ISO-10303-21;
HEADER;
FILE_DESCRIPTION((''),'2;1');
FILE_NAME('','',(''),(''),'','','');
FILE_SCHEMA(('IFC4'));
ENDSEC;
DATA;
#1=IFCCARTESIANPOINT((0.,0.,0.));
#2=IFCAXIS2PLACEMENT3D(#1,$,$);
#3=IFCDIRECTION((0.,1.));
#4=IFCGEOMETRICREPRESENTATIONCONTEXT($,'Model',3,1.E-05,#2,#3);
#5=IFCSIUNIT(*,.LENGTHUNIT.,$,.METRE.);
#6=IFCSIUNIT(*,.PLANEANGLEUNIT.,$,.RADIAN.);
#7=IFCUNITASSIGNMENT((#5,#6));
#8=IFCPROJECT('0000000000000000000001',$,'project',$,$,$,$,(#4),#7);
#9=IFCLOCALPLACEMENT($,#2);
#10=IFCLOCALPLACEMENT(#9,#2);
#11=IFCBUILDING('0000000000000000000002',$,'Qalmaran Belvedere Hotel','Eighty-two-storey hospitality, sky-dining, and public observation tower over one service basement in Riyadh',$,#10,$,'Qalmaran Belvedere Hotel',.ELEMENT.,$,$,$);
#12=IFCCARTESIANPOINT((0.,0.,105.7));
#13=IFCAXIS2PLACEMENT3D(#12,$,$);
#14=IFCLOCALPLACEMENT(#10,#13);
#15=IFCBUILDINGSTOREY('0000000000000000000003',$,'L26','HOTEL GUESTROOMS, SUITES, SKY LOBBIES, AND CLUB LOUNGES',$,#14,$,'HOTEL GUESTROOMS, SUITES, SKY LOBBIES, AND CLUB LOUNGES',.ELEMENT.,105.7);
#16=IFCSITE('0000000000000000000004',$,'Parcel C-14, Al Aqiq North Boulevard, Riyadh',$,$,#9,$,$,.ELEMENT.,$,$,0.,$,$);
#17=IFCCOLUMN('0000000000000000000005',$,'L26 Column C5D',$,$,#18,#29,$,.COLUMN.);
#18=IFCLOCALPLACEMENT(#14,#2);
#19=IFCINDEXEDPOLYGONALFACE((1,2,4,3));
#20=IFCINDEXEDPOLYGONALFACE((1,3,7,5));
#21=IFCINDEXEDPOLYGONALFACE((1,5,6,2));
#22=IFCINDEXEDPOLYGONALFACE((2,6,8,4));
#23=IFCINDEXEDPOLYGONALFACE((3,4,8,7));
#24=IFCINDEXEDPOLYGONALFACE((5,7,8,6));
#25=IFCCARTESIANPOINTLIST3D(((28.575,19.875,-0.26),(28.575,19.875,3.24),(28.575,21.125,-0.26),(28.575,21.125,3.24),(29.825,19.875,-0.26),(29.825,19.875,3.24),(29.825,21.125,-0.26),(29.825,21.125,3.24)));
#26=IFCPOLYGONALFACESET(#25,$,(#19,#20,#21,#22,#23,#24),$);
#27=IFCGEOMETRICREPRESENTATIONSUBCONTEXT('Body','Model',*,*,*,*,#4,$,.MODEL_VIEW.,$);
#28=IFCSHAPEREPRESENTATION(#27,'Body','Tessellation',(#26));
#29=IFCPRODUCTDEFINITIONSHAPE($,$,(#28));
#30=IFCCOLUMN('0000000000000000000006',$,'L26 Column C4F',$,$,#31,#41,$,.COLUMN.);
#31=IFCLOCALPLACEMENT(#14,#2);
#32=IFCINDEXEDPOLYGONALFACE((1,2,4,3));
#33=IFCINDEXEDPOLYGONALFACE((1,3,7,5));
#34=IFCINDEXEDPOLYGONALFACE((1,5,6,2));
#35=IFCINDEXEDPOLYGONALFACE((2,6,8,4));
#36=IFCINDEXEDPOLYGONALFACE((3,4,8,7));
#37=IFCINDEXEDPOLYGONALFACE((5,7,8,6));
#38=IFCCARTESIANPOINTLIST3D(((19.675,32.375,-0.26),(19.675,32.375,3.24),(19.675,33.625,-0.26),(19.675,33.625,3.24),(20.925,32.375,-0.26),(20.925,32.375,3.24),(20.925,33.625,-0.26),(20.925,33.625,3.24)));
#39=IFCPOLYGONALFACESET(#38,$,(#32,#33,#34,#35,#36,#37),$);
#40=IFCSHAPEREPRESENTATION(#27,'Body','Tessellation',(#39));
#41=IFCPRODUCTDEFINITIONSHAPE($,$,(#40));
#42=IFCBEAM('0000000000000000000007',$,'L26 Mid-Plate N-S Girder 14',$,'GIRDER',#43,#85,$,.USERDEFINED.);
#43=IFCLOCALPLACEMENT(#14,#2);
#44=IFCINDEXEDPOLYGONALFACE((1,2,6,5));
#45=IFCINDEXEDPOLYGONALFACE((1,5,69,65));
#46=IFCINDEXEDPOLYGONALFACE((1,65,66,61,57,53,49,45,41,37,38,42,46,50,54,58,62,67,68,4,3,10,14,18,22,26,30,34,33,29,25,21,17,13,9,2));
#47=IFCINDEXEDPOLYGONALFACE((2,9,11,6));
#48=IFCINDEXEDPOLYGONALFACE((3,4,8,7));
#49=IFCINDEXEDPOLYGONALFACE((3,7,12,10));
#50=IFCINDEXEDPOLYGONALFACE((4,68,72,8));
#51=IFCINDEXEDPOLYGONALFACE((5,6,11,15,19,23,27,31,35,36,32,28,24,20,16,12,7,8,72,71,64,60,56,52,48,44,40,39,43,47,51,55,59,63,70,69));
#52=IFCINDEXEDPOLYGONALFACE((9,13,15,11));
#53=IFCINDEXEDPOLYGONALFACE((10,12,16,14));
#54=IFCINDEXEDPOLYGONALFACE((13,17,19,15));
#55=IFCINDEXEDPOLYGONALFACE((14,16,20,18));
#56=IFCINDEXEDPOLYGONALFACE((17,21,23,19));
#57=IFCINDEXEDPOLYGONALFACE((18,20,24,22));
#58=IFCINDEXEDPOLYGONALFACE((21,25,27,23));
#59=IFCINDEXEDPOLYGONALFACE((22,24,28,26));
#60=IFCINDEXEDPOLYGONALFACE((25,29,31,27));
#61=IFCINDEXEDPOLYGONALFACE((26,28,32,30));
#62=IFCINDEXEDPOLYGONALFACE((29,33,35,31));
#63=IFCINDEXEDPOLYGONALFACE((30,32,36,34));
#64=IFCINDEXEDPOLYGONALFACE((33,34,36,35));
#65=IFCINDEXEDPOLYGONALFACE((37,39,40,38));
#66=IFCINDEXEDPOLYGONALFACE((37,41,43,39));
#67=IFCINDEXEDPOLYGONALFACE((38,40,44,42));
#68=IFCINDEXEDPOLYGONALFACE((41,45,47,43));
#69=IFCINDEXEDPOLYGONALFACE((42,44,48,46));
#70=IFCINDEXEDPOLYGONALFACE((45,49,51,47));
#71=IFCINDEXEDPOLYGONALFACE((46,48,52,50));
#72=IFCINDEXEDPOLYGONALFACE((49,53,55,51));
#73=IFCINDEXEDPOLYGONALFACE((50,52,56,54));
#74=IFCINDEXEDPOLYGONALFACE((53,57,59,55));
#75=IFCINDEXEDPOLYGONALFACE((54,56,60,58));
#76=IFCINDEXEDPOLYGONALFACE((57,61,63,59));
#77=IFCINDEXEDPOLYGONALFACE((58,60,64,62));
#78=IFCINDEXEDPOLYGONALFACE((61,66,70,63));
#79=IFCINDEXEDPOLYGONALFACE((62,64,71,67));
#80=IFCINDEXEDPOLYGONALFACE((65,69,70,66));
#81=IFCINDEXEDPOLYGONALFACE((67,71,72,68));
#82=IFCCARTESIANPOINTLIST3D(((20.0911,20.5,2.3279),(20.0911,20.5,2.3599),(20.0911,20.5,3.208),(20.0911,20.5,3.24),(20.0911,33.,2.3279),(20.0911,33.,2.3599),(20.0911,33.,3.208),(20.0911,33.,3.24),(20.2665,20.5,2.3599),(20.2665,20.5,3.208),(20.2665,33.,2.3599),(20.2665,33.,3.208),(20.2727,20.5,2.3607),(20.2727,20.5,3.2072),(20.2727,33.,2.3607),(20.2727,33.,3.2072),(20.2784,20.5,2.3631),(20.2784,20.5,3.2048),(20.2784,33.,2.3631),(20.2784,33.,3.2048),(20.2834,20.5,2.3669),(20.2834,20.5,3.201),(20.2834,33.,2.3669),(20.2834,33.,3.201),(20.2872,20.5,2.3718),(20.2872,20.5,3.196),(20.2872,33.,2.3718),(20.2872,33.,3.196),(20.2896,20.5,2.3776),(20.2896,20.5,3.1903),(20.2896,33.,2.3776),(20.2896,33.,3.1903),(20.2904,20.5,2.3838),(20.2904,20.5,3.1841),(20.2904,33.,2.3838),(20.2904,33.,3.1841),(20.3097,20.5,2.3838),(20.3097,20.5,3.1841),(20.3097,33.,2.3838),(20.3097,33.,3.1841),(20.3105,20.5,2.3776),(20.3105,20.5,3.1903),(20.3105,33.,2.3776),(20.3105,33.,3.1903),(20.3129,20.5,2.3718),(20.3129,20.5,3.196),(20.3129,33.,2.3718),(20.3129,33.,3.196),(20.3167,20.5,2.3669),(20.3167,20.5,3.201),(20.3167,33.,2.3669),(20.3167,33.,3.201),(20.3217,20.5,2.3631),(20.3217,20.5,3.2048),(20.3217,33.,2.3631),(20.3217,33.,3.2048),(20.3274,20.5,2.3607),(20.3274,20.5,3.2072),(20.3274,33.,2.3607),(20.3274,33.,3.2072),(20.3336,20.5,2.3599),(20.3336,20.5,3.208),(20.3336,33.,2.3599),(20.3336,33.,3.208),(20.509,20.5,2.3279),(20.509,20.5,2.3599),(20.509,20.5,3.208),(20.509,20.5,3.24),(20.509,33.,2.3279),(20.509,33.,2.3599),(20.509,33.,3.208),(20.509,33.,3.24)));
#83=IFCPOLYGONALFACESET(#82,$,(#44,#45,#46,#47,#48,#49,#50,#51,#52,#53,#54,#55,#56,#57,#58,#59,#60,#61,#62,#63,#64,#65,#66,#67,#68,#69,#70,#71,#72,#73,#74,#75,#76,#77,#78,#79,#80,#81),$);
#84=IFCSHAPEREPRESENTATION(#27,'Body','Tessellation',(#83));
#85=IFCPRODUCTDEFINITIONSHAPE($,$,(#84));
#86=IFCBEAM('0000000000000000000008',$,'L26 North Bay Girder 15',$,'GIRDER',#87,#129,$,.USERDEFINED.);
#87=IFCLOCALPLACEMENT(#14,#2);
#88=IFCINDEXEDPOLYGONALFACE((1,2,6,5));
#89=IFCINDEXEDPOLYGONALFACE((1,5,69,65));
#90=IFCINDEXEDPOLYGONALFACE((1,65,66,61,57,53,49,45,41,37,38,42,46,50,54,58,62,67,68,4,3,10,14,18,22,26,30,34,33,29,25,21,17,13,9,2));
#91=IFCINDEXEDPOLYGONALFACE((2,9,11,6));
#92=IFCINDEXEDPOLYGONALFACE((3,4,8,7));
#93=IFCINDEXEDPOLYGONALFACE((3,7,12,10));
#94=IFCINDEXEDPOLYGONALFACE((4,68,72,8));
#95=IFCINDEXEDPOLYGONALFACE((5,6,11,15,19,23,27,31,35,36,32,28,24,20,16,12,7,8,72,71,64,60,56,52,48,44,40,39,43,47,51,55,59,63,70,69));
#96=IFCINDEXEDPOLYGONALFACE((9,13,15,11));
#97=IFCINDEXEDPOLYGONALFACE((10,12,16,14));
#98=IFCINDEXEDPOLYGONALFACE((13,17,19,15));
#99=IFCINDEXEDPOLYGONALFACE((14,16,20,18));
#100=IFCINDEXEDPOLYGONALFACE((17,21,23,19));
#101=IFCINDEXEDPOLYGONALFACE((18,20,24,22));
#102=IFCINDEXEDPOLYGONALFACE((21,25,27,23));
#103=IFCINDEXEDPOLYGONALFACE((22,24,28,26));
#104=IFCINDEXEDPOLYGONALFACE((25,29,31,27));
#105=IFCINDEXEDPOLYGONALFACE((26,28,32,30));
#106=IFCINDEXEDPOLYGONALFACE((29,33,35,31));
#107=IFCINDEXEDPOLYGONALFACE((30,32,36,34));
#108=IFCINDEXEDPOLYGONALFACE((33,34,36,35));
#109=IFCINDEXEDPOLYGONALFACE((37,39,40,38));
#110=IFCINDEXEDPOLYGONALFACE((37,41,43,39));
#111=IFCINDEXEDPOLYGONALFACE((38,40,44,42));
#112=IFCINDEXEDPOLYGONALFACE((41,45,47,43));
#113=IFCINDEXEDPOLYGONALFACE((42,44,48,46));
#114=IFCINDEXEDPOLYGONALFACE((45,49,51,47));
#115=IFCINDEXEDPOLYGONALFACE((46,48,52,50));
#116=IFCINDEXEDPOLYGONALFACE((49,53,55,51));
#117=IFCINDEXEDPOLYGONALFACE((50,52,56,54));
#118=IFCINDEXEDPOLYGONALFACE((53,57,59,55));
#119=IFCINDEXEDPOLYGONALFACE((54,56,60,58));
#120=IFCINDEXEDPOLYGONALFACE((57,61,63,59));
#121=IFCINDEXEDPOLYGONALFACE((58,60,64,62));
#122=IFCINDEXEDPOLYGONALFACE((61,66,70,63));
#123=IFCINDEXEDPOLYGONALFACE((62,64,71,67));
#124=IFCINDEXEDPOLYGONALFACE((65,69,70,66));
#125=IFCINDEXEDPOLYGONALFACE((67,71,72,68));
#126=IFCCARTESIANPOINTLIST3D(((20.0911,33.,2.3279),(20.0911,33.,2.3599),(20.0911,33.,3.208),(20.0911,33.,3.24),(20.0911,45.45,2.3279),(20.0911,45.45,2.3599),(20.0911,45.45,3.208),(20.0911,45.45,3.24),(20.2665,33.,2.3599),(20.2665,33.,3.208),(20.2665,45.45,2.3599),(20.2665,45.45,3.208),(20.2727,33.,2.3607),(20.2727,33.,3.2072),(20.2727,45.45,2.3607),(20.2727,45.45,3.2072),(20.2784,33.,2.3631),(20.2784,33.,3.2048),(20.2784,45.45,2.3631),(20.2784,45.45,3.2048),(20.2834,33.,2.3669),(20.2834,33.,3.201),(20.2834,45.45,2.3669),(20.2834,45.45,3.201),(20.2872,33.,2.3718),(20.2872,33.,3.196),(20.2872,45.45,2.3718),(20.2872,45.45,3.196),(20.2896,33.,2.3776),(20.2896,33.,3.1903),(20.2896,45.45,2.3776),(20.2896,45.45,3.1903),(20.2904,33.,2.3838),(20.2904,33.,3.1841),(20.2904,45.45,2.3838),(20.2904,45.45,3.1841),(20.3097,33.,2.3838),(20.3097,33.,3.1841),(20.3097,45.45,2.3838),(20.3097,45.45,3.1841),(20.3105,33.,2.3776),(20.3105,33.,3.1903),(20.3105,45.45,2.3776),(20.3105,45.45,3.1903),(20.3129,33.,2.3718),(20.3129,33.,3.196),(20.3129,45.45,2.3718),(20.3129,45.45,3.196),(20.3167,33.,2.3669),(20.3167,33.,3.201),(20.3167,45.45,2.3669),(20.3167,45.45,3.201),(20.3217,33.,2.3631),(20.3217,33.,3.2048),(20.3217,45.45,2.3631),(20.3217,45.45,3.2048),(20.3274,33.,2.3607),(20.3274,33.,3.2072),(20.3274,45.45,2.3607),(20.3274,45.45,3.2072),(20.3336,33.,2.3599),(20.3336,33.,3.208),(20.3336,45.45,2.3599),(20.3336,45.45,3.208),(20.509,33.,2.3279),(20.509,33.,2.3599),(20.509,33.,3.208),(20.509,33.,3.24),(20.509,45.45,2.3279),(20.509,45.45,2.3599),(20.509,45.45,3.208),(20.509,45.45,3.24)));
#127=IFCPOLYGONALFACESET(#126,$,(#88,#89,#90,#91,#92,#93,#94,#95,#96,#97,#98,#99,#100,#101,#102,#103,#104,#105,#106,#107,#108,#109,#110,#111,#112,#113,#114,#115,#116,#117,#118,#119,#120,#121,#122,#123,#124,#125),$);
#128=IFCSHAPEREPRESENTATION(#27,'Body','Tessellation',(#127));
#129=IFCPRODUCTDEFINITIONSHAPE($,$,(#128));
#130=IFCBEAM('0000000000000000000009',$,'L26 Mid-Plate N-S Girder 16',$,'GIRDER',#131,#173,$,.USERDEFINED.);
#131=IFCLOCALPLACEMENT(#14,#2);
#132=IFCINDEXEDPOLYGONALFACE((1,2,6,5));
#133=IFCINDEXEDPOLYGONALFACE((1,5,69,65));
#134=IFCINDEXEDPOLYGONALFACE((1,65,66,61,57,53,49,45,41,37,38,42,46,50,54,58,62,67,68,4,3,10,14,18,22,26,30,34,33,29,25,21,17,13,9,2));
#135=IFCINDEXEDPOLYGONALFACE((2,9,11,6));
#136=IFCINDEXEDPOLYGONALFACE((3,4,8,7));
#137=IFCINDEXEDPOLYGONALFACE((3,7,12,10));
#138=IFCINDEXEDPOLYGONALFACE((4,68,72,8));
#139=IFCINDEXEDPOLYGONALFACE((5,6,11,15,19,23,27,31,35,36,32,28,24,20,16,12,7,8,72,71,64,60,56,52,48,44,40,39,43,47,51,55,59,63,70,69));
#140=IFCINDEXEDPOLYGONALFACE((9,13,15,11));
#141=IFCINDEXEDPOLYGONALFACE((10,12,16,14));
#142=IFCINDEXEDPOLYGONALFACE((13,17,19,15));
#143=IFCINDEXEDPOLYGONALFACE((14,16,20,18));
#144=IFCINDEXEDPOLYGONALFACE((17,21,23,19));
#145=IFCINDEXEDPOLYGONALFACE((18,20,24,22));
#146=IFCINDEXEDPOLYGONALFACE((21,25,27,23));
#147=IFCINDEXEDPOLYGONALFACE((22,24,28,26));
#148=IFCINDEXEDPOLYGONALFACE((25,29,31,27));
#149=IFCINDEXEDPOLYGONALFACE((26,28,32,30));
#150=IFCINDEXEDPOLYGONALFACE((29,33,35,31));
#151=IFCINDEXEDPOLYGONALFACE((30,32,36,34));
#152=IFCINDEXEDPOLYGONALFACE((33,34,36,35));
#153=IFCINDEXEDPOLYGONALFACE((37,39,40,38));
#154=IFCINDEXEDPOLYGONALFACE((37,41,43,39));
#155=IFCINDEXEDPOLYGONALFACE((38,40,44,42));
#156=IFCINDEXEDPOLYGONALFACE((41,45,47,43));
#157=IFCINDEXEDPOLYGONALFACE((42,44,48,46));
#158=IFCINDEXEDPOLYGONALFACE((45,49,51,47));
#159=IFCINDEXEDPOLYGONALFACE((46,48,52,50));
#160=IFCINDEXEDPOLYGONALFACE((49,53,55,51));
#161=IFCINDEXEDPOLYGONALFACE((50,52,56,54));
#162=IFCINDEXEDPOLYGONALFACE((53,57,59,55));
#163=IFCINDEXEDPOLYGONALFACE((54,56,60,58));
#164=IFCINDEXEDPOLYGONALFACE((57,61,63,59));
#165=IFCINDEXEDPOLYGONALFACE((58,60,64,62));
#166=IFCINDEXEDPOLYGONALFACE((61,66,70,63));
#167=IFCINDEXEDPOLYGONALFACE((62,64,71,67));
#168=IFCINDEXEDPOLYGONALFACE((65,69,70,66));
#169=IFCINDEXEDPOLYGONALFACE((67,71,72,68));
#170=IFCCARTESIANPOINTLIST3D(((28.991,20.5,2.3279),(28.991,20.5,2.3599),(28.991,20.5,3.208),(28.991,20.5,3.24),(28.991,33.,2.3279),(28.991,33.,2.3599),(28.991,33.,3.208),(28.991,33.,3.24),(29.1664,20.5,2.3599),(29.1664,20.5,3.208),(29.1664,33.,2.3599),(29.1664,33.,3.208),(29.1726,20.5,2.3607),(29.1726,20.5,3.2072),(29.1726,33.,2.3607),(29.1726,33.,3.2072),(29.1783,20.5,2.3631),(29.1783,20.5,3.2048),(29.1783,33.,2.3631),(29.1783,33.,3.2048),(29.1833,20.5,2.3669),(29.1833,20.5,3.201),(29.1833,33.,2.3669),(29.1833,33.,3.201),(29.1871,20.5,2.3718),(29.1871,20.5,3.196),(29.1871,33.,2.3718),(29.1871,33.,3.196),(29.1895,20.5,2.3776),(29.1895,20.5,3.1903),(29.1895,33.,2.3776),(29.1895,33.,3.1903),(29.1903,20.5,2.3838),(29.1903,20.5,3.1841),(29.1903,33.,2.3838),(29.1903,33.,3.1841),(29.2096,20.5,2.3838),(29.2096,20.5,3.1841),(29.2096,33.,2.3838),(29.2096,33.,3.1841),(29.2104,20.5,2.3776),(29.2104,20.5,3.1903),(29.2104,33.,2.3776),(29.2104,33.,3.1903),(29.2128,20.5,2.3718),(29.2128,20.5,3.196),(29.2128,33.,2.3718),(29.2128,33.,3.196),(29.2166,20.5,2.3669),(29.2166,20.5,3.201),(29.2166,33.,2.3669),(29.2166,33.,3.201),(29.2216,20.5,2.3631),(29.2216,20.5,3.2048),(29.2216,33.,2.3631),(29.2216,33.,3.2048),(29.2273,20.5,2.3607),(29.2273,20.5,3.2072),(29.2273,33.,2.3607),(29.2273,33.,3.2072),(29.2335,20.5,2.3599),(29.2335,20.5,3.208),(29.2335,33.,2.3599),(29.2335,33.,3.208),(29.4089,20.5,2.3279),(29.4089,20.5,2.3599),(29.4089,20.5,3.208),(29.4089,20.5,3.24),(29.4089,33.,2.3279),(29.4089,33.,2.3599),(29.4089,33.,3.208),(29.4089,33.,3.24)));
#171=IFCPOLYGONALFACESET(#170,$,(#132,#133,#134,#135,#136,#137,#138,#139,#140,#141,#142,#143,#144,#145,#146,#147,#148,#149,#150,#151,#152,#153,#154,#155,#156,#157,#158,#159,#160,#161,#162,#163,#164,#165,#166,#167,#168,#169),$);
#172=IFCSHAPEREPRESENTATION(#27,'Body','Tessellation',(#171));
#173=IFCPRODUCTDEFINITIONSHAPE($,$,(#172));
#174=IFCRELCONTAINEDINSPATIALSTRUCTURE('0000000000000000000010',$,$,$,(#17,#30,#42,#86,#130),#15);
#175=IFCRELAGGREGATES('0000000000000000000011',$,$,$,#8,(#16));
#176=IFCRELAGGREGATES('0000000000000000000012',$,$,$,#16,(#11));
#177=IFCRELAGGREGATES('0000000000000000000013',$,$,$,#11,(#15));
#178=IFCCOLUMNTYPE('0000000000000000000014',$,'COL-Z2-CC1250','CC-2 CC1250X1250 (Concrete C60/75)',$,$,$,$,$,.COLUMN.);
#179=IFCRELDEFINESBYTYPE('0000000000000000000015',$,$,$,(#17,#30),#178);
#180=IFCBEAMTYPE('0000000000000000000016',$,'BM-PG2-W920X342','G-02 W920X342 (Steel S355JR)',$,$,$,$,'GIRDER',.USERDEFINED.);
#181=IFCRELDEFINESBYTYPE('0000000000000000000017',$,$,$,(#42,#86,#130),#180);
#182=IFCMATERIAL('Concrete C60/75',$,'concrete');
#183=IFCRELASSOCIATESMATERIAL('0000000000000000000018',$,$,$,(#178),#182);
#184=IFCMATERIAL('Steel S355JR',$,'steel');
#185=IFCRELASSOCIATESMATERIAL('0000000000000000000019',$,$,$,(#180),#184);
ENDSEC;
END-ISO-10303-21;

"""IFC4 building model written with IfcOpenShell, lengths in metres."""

from ifc_helpers import new_model, si_unit, direction, frame, origin, origin_2d, place, context, subcontext, project, spatial, rectangle, i_section, extrude, material, material_profile, profile_set, type_object, element, save


model = new_model("IFC4")

# Units and contexts
model_context = context("Model", 3, precision=1e-05, world=origin(), true_north=direction((0.0, 1.0)))
body_context = subcontext(model_context, "Body", "Model", "MODEL_VIEW")
ifc_project = project(units=[si_unit("LENGTHUNIT", "METRE"), si_unit("PLANEANGLEUNIT", "RADIAN")], contexts=[model_context])

# Site, building, storey
site_placement = place(None, origin())
site = spatial("IfcSite", under=ifc_project, at=site_placement, Name="Parcel C-14, Al Aqiq North Boulevard, Riyadh", CompositionType="ELEMENT", RefElevation=0.0)
building_placement = place(site_placement, origin())
building = spatial("IfcBuilding", under=site, at=building_placement, Name="Qalmaran Belvedere Hotel", Description="Eighty-two-storey hospitality, sky-dining, and public observation tower over one service basement in Riyadh", LongName="Qalmaran Belvedere Hotel", CompositionType="ELEMENT")
storey_placement = place(building_placement, frame((0.0, 0.0, 105.7)))
storey = spatial("IfcBuildingStorey", under=building, at=storey_placement, Name="L26", Description="HOTEL GUESTROOMS, SUITES, SKY LOBBIES, AND CLUB LOUNGES", LongName="HOTEL GUESTROOMS, SUITES, SKY LOBBIES, AND CLUB LOUNGES", CompositionType="ELEMENT", Elevation=105.7)

# Columns
ifc_material_1 = material(Name="Concrete C60/75", Category="concrete")
ifc_material_profile_1 = material_profile(ifc_material_1, rectangle(XDim=1.25, YDim=1.25, at=origin_2d()), Name="CC1250X1250")
ifc_profile_set_1 = profile_set([ifc_material_profile_1], Name="Concrete C60/75")
column_type = type_object("IfcColumnType", Name="COL-Z2-CC1250", Description="CC-2 CC1250X1250 (Concrete C60/75)", PredefinedType="COLUMN", material=ifc_profile_set_1)
for number, where, z_axis, x_axis, name in (
    (1, (29.2, 20.5, -0.26), (0.0, 0.0, 1.0), (1.0, 0.0, 0.0), "L26 Column C5D"),
    (2, (20.3, 33.0, -0.26), (0.0, 0.0, 1.0), (1.0, 0.0, 0.0), "L26 Column C4F"),
):
    element("IfcColumn", number, at=place(storey_placement, frame(where, z_axis=z_axis, x_axis=x_axis)), inside=storey, type_object=column_type, Name=name, PredefinedType="COLUMN", context=body_context, shape_type="SweptSolid", body=[
        extrude(rectangle(XDim=1.25, YDim=1.25, at=origin_2d()), origin(), (0.0, 0.0, 1.0), 3.5),
    ])

# Beams
ifc_material_2 = material(Name="Steel S355JR", Category="steel")
ifc_material_profile_2 = material_profile(ifc_material_2, i_section(OverallWidth=0.418, OverallDepth=0.9121, WebThickness=0.0193, FlangeThickness=0.032, FilletRadius=0.0239, at=origin_2d()), Name="W920X342")
ifc_profile_set_2 = profile_set([ifc_material_profile_2], Name="Steel S355JR")
beam_type_1 = type_object("IfcBeamType", Name="BM-PG2-W920X342", Description="G-02 W920X342 (Steel S355JR)", ElementType="GIRDER", PredefinedType="USERDEFINED", material=ifc_profile_set_2)
beam_1_placement = place(storey_placement, frame((20.3, 20.5, 2.7839), z_axis=(0.0, 1.0, 0.0), x_axis=(-1.0, 0.0, 0.0)))
element("IfcBeam", 3, at=beam_1_placement, inside=storey, type_object=beam_type_1, Name="L26 Mid-Plate N-S Girder 14", ObjectType="GIRDER", PredefinedType="USERDEFINED", context=body_context, shape_type="SweptSolid", body=[
    extrude(i_section(OverallWidth=0.418, OverallDepth=0.9121, WebThickness=0.0193, FlangeThickness=0.032, FilletRadius=0.0239, at=origin_2d()), origin(), (0.0, 0.0, 1.0), 12.5),
])
beam_2_placement = place(storey_placement, frame((20.3, 33.0, 2.7839), z_axis=(0.0, 1.0, 0.0), x_axis=(-1.0, 0.0, 0.0)))
element("IfcBeam", 4, at=beam_2_placement, inside=storey, type_object=beam_type_1, Name="L26 North Bay Girder 15", ObjectType="GIRDER", PredefinedType="USERDEFINED", context=body_context, shape_type="SweptSolid", body=[
    extrude(i_section(OverallWidth=0.418, OverallDepth=0.9121, WebThickness=0.0193, FlangeThickness=0.032, FilletRadius=0.0239, at=origin_2d()), origin(), (0.0, 0.0, 1.0), 12.45),
])
beam_3_placement = place(storey_placement, frame((29.2, 20.5, 2.7839), z_axis=(0.0, 1.0, 0.0), x_axis=(-1.0, 0.0, 0.0)))
element("IfcBeam", 5, at=beam_3_placement, inside=storey, type_object=beam_type_1, Name="L26 Mid-Plate N-S Girder 16", ObjectType="GIRDER", PredefinedType="USERDEFINED", context=body_context, shape_type="SweptSolid", body=[
    extrude(i_section(OverallWidth=0.418, OverallDepth=0.9121, WebThickness=0.0193, FlangeThickness=0.032, FilletRadius=0.0239, at=origin_2d()), origin(), (0.0, 0.0, 1.0), 12.5),
])

save(model, "model.ifc")
